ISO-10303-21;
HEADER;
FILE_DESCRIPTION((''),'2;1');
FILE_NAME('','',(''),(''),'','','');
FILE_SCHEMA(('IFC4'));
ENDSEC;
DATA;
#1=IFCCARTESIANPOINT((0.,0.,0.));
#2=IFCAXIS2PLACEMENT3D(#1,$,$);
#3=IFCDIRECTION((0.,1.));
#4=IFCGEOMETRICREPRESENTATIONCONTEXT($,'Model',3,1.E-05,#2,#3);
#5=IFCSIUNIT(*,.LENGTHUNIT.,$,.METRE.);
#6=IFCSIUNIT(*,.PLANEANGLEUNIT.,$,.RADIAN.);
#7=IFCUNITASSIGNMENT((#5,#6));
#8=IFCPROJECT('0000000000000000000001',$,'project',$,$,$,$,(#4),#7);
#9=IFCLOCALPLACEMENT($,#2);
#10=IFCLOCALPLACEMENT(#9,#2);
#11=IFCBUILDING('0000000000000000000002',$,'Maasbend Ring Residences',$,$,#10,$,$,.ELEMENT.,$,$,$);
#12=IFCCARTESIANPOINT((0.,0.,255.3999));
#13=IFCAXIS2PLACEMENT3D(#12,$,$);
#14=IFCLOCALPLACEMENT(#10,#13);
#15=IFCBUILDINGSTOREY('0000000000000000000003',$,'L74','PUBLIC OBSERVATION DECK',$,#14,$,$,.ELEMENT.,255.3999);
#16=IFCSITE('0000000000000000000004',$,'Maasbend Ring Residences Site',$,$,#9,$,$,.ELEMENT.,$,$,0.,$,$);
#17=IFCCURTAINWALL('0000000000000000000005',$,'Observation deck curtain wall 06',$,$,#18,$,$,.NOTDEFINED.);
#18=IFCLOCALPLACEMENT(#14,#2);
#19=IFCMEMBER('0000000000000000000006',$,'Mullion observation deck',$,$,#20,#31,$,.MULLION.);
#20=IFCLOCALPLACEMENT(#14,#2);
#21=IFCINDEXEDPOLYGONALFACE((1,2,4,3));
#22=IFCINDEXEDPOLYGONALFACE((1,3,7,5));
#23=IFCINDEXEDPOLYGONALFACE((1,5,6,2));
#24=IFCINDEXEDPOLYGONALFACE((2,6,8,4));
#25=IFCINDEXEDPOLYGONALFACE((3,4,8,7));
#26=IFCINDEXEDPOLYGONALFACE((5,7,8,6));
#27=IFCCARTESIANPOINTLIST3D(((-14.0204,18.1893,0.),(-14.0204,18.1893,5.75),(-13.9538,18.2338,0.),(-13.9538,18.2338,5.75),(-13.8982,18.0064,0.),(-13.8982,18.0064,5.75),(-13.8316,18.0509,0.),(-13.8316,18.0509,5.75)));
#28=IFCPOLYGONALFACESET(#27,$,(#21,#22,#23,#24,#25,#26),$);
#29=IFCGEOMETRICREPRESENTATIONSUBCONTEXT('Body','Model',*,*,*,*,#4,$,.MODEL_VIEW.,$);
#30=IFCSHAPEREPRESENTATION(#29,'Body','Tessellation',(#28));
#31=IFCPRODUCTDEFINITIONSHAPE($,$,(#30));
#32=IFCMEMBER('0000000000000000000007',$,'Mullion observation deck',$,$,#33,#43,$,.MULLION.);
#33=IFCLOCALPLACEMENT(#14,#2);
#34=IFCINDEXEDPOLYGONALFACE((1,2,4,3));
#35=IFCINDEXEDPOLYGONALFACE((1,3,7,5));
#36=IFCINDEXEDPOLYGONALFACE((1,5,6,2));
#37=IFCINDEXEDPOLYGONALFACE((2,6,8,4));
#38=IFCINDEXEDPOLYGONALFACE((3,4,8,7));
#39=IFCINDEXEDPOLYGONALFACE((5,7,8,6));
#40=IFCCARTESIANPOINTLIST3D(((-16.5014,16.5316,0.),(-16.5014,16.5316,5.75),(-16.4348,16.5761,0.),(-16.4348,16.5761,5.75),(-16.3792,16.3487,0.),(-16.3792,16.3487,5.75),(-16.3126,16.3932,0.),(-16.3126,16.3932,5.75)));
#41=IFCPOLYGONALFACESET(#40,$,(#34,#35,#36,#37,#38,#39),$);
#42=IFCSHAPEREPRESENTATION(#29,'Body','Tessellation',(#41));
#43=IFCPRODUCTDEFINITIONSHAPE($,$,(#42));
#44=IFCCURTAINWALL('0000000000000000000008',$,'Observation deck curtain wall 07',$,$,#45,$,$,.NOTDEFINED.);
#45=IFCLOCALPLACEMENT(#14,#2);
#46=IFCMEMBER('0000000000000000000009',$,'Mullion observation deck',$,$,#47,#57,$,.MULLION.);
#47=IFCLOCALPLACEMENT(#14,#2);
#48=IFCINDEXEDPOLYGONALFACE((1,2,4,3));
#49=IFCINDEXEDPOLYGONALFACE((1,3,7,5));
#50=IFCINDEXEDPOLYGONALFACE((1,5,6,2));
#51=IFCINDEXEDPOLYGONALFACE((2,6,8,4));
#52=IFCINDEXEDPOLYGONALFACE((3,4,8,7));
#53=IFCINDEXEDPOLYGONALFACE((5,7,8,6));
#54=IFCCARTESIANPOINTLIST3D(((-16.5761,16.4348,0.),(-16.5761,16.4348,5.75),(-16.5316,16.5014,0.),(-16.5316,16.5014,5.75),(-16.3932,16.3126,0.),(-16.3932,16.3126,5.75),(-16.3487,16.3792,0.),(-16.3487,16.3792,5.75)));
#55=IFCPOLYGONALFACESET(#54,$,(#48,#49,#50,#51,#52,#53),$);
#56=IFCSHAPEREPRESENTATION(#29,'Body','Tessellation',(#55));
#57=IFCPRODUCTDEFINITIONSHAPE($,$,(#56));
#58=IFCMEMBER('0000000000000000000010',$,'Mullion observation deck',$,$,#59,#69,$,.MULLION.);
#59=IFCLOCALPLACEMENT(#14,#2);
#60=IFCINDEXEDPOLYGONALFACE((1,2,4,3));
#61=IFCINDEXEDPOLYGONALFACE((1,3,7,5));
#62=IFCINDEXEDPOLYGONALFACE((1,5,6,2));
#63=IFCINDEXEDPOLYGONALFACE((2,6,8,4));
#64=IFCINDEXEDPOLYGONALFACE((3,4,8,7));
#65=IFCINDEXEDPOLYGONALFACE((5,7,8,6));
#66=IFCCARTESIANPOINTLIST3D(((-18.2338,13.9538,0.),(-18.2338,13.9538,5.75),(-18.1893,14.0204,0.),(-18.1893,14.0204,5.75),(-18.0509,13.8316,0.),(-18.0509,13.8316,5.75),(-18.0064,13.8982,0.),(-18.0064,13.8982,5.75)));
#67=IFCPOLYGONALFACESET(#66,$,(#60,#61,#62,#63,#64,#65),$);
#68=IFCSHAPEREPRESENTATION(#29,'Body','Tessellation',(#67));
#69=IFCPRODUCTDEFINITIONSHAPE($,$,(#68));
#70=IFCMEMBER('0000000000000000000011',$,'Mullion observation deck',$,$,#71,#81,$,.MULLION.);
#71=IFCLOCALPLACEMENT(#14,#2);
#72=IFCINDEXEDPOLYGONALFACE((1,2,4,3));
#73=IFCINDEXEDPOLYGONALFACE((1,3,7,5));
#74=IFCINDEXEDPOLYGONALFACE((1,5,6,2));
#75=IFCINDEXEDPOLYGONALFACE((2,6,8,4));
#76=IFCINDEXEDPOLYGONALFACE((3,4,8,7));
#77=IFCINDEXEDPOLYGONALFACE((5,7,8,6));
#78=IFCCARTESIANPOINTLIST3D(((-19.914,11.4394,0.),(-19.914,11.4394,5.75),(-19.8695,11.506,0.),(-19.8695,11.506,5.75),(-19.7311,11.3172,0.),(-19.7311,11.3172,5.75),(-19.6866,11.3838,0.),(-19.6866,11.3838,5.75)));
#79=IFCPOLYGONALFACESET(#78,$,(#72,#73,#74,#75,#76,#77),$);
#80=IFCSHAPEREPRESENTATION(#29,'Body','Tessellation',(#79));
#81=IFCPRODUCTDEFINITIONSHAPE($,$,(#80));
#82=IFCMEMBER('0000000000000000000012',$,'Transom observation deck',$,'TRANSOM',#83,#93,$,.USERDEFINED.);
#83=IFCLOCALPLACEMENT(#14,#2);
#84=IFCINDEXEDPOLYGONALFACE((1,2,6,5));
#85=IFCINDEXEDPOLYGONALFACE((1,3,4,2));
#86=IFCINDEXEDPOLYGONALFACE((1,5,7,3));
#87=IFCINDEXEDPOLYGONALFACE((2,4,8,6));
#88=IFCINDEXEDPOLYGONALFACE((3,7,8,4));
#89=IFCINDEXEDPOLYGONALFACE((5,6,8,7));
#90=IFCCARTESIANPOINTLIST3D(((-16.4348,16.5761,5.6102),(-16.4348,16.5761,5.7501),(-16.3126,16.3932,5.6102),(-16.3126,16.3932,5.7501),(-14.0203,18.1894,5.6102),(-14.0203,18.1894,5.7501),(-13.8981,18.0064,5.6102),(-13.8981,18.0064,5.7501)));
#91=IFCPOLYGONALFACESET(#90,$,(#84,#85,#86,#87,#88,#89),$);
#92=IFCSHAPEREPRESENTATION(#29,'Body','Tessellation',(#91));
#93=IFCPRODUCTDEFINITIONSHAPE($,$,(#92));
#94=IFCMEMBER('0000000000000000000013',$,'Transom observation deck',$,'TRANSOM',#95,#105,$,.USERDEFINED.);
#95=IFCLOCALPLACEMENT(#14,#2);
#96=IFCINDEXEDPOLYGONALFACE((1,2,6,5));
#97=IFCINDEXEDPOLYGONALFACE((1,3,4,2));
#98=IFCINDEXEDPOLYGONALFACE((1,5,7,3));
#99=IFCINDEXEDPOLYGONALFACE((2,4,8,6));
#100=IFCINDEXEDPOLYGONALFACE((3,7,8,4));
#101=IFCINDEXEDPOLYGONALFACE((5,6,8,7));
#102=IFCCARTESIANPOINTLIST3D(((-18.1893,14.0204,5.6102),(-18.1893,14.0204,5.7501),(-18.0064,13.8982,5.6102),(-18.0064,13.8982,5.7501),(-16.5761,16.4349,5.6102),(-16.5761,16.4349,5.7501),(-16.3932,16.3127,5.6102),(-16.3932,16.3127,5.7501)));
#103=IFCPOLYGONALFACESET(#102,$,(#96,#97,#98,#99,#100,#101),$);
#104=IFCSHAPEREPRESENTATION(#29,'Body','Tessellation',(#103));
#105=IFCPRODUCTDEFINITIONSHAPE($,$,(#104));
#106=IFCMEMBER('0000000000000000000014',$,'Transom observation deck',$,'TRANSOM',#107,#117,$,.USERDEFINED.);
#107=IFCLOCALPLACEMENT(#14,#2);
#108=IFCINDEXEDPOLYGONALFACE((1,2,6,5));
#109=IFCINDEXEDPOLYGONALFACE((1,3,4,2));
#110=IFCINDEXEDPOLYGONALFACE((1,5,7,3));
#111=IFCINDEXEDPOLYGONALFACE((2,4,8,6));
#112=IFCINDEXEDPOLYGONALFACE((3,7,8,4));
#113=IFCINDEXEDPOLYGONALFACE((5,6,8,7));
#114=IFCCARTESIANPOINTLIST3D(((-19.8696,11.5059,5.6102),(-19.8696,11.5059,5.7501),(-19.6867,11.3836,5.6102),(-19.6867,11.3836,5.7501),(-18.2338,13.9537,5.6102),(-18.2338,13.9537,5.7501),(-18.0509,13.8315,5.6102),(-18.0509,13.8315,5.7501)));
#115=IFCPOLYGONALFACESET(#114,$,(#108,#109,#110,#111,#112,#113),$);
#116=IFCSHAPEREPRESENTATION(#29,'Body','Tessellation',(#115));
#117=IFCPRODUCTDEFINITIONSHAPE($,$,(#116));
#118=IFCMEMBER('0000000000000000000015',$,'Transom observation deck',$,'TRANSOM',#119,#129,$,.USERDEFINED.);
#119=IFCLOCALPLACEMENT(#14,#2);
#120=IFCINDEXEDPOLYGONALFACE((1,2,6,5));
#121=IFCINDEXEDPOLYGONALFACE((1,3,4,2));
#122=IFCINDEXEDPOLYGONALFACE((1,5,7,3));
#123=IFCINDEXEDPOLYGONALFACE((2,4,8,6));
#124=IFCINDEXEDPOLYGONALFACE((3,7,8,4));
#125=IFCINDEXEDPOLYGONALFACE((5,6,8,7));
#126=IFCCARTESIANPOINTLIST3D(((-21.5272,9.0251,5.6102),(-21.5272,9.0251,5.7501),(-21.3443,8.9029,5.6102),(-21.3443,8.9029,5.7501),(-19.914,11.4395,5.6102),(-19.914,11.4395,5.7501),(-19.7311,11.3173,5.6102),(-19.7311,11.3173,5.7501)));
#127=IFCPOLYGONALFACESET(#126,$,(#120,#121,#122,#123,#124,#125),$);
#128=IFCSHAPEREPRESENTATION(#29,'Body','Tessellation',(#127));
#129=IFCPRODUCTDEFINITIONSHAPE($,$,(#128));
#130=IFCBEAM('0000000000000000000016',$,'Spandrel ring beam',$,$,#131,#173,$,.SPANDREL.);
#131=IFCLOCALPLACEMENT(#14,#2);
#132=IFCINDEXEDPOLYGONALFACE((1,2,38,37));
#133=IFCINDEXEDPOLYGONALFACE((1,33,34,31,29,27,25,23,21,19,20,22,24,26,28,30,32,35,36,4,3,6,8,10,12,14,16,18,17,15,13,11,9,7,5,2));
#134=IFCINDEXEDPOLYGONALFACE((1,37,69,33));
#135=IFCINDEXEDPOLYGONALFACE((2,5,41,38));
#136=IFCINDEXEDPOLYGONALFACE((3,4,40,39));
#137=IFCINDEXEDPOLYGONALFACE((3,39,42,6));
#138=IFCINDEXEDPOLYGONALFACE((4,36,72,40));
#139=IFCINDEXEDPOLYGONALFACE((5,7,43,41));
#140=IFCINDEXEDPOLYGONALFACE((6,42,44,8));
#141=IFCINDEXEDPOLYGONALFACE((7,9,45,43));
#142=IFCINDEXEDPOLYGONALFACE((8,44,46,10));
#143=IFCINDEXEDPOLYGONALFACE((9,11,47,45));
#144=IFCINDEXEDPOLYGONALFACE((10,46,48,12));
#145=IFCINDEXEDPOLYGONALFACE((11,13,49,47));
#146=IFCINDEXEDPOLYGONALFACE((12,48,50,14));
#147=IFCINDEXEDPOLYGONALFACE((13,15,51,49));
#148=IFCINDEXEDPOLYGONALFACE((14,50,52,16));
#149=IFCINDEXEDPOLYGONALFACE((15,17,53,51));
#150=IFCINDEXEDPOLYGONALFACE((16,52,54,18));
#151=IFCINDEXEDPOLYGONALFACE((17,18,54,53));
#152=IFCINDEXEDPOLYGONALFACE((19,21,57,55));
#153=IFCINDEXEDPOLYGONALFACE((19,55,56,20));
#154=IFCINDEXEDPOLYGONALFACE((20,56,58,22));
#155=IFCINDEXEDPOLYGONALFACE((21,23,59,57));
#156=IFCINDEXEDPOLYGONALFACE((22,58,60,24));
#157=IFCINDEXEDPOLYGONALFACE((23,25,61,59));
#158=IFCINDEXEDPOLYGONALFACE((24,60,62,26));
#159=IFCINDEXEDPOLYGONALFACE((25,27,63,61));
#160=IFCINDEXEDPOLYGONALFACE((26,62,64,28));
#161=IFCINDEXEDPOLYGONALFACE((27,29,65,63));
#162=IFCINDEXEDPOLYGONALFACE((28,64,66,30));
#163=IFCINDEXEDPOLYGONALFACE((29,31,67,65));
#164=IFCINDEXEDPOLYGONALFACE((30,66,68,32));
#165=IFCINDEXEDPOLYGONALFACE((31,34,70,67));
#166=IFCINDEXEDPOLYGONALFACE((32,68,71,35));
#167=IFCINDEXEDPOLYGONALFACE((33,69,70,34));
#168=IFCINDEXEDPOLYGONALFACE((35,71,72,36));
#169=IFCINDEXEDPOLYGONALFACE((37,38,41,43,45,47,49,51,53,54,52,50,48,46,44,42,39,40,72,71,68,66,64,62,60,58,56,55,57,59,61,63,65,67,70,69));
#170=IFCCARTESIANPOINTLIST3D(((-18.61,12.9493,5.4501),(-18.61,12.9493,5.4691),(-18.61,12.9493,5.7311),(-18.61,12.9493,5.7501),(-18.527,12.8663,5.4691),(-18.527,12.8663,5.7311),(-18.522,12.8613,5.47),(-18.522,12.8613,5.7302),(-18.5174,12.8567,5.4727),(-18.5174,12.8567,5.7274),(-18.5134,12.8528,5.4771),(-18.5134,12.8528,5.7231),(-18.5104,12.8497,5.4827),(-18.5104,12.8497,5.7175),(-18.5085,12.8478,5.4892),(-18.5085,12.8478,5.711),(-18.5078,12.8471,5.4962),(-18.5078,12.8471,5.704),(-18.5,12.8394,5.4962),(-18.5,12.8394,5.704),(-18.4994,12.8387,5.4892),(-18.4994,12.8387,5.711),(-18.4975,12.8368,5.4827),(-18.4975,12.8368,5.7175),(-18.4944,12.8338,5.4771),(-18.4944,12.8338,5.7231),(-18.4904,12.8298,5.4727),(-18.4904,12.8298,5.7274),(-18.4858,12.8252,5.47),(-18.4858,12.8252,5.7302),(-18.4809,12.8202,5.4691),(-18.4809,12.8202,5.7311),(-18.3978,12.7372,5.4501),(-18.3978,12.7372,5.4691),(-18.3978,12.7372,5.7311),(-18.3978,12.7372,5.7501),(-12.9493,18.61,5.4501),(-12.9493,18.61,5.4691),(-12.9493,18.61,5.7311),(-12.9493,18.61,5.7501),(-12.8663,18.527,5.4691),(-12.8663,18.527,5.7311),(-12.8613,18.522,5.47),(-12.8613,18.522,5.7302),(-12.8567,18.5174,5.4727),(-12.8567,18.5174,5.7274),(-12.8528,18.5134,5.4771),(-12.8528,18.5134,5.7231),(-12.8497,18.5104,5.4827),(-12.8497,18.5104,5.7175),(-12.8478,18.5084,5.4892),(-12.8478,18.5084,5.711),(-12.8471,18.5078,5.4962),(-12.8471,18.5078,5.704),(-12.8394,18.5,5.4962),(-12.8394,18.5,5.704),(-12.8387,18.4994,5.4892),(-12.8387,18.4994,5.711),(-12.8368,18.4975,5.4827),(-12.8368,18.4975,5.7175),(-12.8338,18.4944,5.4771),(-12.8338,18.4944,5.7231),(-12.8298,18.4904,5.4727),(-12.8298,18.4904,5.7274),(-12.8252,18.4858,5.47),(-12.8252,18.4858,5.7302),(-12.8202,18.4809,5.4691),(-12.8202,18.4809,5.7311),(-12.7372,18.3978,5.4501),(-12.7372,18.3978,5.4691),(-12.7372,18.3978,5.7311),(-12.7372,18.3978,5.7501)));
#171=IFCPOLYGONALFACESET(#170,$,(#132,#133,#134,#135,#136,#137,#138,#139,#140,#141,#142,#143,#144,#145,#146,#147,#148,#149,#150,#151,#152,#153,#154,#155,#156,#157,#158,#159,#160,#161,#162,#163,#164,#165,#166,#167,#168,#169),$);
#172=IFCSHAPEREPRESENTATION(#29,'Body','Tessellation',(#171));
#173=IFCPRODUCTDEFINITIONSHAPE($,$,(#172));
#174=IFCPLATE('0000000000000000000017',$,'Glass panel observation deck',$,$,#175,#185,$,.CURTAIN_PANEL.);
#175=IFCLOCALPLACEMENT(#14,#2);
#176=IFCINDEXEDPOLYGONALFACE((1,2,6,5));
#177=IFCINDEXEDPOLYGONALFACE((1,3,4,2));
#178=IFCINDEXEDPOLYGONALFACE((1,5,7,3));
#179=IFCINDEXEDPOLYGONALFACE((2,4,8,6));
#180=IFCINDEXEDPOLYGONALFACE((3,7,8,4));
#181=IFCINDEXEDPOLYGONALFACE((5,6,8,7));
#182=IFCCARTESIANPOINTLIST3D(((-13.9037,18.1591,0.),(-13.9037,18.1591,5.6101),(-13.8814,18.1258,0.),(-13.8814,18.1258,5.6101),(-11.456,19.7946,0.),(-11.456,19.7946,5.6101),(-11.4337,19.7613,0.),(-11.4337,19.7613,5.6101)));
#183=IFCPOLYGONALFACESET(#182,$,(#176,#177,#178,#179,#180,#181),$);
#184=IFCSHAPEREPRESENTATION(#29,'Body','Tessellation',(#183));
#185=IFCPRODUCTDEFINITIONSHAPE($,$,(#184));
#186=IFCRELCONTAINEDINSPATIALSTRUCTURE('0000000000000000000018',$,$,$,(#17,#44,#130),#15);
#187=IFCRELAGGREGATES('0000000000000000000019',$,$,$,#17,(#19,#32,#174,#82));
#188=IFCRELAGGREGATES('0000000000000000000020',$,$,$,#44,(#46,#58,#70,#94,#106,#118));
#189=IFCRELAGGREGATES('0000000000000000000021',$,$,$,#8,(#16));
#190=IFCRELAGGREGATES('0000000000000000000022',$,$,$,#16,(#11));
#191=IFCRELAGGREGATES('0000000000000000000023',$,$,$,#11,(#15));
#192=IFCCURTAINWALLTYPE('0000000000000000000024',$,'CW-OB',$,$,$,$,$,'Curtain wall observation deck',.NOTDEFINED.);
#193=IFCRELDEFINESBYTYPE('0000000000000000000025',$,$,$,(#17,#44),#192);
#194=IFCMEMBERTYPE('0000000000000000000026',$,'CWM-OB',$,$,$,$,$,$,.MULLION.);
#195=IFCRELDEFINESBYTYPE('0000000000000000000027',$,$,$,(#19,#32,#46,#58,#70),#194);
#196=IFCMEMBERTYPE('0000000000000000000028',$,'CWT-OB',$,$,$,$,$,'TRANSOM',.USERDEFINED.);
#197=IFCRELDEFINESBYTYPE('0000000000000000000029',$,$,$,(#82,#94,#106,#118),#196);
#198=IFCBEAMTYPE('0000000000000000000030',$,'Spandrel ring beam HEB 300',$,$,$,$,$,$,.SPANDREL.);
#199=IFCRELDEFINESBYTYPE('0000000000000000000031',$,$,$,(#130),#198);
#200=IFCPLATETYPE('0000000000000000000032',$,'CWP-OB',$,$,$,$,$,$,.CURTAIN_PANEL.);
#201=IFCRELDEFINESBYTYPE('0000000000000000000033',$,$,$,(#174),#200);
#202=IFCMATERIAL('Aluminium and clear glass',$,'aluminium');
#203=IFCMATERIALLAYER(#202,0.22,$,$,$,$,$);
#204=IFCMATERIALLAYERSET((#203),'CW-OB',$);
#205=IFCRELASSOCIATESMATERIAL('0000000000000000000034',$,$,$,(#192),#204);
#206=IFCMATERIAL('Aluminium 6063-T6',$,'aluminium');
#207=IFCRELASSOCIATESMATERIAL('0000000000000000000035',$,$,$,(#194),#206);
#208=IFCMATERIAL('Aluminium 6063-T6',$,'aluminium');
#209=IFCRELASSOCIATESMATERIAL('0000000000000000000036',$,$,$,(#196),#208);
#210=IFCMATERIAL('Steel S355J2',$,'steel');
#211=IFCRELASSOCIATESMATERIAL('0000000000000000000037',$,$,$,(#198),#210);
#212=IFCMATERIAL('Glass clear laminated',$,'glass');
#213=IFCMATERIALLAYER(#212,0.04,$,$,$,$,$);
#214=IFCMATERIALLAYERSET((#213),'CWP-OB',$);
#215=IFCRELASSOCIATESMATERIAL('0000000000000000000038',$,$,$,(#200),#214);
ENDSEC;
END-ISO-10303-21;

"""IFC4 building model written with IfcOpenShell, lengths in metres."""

from ifc_helpers import new_model, si_unit, direction, frame, origin, origin_2d, place, context, subcontext, project, spatial, rectangle, i_section, extrude, material, layer, layer_set, material_profile, profile_set, type_object, element, aggregate, save


model = new_model("IFC4")

# Units and contexts
model_context = context("Model", 3, precision=1e-05, world=origin(), true_north=direction((0.0, 1.0)))
body_context = subcontext(model_context, "Body", "Model", "MODEL_VIEW")
ifc_project = project(units=[si_unit("LENGTHUNIT", "METRE"), si_unit("PLANEANGLEUNIT", "RADIAN")], contexts=[model_context])

# Site, building, storey
site_placement = place(None, origin())
site = spatial("IfcSite", under=ifc_project, at=site_placement, Name="Maasbend Ring Residences Site", CompositionType="ELEMENT", RefElevation=0.0)
building_placement = place(site_placement, origin())
building = spatial("IfcBuilding", under=site, at=building_placement, Name="Maasbend Ring Residences", CompositionType="ELEMENT")
storey_placement = place(building_placement, frame((0.0, 0.0, 255.3999)))
storey = spatial("IfcBuildingStorey", under=building, at=storey_placement, Name="L74", Description="PUBLIC OBSERVATION DECK", CompositionType="ELEMENT", Elevation=255.3999)

# Curtain walls, members
ifc_material_1 = material(Name="Aluminium and clear glass", Category="aluminium")
ifc_layer_1 = layer(ifc_material_1, 0.22)
ifc_layer_set_1 = layer_set([ifc_layer_1], Name="CW-OB")
curtain_wall_type = type_object("IfcCurtainWallType", Name="CW-OB", ElementType="Curtain wall observation deck", PredefinedType="NOTDEFINED", material=ifc_layer_set_1)
curtain_wall_1_placement = place(storey_placement, origin())
curtain_wall_1 = element("IfcCurtainWall", 1, at=curtain_wall_1_placement, inside=storey, type_object=curtain_wall_type, Name="Observation deck curtain wall 06", PredefinedType="NOTDEFINED")
ifc_material_2 = material(Name="Aluminium 6063-T6", Category="aluminium")
ifc_material_profile_1 = material_profile(ifc_material_2, rectangle(XDim=0.22, YDim=0.0801, at=origin_2d()), Name="AL 220x80")
ifc_profile_set_1 = profile_set([ifc_material_profile_1], Name="Aluminium 6063-T6")
member_type_1 = type_object("IfcMemberType", Name="CWM-OB", PredefinedType="MULLION", material=ifc_profile_set_1)
member_1_placement = place(storey_placement, frame((-13.926, 18.1201, 0.0), z_axis=(0.0, 0.0, 1.0), x_axis=(0.55557, -0.83147, 0.0)))
member_1 = element("IfcMember", 2, at=member_1_placement, type_object=member_type_1, Name="Mullion observation deck", PredefinedType="MULLION", context=body_context, shape_type="SweptSolid", body=[
    extrude(rectangle(XDim=0.22, YDim=0.0801, at=origin_2d()), origin(), (0.0, 0.0, 1.0), 5.75),
])
member_2_placement = place(storey_placement, frame((-16.407, 16.4624, 0.0), z_axis=(0.0, 0.0, 1.0), x_axis=(0.55557, -0.83147, 0.0)))
member_2 = element("IfcMember", 3, at=member_2_placement, type_object=member_type_1, Name="Mullion observation deck", PredefinedType="MULLION", context=body_context, shape_type="SweptSolid", body=[
    extrude(rectangle(XDim=0.22, YDim=0.0801, at=origin_2d()), origin(), (0.0, 0.0, 1.0), 5.75),
])
curtain_wall_2_placement = place(storey_placement, origin())
curtain_wall_2 = element("IfcCurtainWall", 4, at=curtain_wall_2_placement, inside=storey, type_object=curtain_wall_type, Name="Observation deck curtain wall 07", PredefinedType="NOTDEFINED")
member_3_placement = place(storey_placement, frame((-16.4624, 16.407, 0.0), z_axis=(0.0, 0.0, 1.0), x_axis=(0.83147, -0.55557, 0.0)))
member_3 = element("IfcMember", 5, at=member_3_placement, type_object=member_type_1, Name="Mullion observation deck", PredefinedType="MULLION", context=body_context, shape_type="SweptSolid", body=[
    extrude(rectangle(XDim=0.22, YDim=0.0801, at=origin_2d()), origin(), (0.0, 0.0, 1.0), 5.75),
])
member_4_placement = place(storey_placement, frame((-18.1201, 13.926, 0.0), z_axis=(0.0, 0.0, 1.0), x_axis=(0.83147, -0.55557, 0.0)))
member_4 = element("IfcMember", 6, at=member_4_placement, type_object=member_type_1, Name="Mullion observation deck", PredefinedType="MULLION", context=body_context, shape_type="SweptSolid", body=[
    extrude(rectangle(XDim=0.22, YDim=0.0801, at=origin_2d()), origin(), (0.0, 0.0, 1.0), 5.75),
])
member_5_placement = place(storey_placement, frame((-19.8003, 11.4116, 0.0), z_axis=(0.0, 0.0, 1.0), x_axis=(0.83147, -0.55557, 0.0)))
member_5 = element("IfcMember", 7, at=member_5_placement, type_object=member_type_1, Name="Mullion observation deck", PredefinedType="MULLION", context=body_context, shape_type="SweptSolid", body=[
    extrude(rectangle(XDim=0.22, YDim=0.0801, at=origin_2d()), origin(), (0.0, 0.0, 1.0), 5.75),
])

# Members
ifc_material_3 = material(Name="Aluminium 6063-T6", Category="aluminium")
ifc_material_profile_2 = material_profile(ifc_material_3, rectangle(XDim=0.22, YDim=0.1399, at=origin_2d()), Name="AL 220x140")
ifc_profile_set_2 = profile_set([ifc_material_profile_2], Name="Aluminium 6063-T6")
member_type_2 = type_object("IfcMemberType", Name="CWT-OB", ElementType="TRANSOM", PredefinedType="USERDEFINED", material=ifc_profile_set_2)
member_6_placement = place(storey_placement, frame((-13.9592, 18.0979, 5.6802), z_axis=(-0.831481, -0.555554, 0.0), x_axis=(0.555554, -0.831481, 0.0)))
member_6 = element("IfcMember", 8, at=member_6_placement, type_object=member_type_2, Name="Transom observation deck", ObjectType="TRANSOM", PredefinedType="USERDEFINED", context=body_context, shape_type="SweptSolid", body=[
    extrude(rectangle(XDim=0.22, YDim=0.1399, at=origin_2d()), origin(), (0.0, 0.0, 1.0), 2.9038),
])
member_7_placement = place(storey_placement, frame((-16.4846, 16.3738, 5.6802), z_axis=(-0.555554, -0.831481, 0.0), x_axis=(0.831481, -0.555554, 0.0)))
member_7 = element("IfcMember", 9, at=member_7_placement, type_object=member_type_2, Name="Transom observation deck", ObjectType="TRANSOM", PredefinedType="USERDEFINED", context=body_context, shape_type="SweptSolid", body=[
    extrude(rectangle(XDim=0.22, YDim=0.1399, at=origin_2d()), origin(), (0.0, 0.0, 1.0), 2.9038),
])
member_8_placement = place(storey_placement, frame((-18.1423, 13.8926, 5.6802), z_axis=(-0.555618, -0.831437, 0.0), x_axis=(0.831437, -0.555618, 0.0)))
member_8 = element("IfcMember", 10, at=member_8_placement, type_object=member_type_2, Name="Transom observation deck", ObjectType="TRANSOM", PredefinedType="USERDEFINED", context=body_context, shape_type="SweptSolid", body=[
    extrude(rectangle(XDim=0.22, YDim=0.1399, at=origin_2d()), origin(), (0.0, 0.0, 1.0), 2.9441),
])
member_9_placement = place(storey_placement, frame((-19.8225, 11.3784, 5.6802), z_axis=(-0.555554, -0.831481, 0.0), x_axis=(0.831481, -0.555554, 0.0)))
member_9 = element("IfcMember", 11, at=member_9_placement, type_object=member_type_2, Name="Transom observation deck", ObjectType="TRANSOM", PredefinedType="USERDEFINED", context=body_context, shape_type="SweptSolid", body=[
    extrude(rectangle(XDim=0.22, YDim=0.1399, at=origin_2d()), origin(), (0.0, 0.0, 1.0), 2.9038),
])

# Beam
ifc_material_4 = material(Name="Steel S355J2", Category="steel")
ifc_material_profile_3 = material_profile(ifc_material_4, i_section(OverallWidth=0.3, OverallDepth=0.3, WebThickness=0.011, FlangeThickness=0.019, FilletRadius=0.0271, at=origin_2d()), Name="HEB 300")
ifc_profile_set_3 = profile_set([ifc_material_profile_3], Name="Steel S355J2")
beam_type = type_object("IfcBeamType", Name="Spandrel ring beam HEB 300", PredefinedType="SPANDREL", material=ifc_profile_set_3)
beam_placement = place(storey_placement, frame((-12.8433, 18.5039, 5.6001), z_axis=(-0.707107, -0.707107, 0.0), x_axis=(0.707107, -0.707107, 0.0)))
element("IfcBeam", 12, at=beam_placement, inside=storey, type_object=beam_type, Name="Spandrel ring beam", PredefinedType="SPANDREL", context=body_context, shape_type="SweptSolid", body=[
    extrude(i_section(OverallWidth=0.3, OverallDepth=0.3, WebThickness=0.011, FlangeThickness=0.019, FilletRadius=0.0271, at=origin_2d()), origin(), (0.0, 0.0, 1.0), 8.0054),
])

# Plate
ifc_material_5 = material(Name="Glass clear laminated", Category="glass")
ifc_layer_2 = layer(ifc_material_5, 0.04)
ifc_layer_set_2 = layer_set([ifc_layer_2], Name="CWP-OB")
plate_type = type_object("IfcPlateType", Name="CWP-OB", PredefinedType="CURTAIN_PANEL", material=ifc_layer_set_2)
plate_1_placement = place(storey_placement, frame((-12.6687, 18.9602, 0.0), z_axis=(0.0, 0.0, 1.0), x_axis=(-0.83147, -0.55557, 0.0)))
plate_1 = element("IfcPlate", 13, at=plate_1_placement, type_object=plate_type, Name="Glass panel observation deck", PredefinedType="CURTAIN_PANEL", context=body_context, shape_type="SweptSolid", body=[
    extrude(rectangle(XDim=2.9438, YDim=0.04, at=origin_2d()), origin(), (0.0, 0.0, 1.0), 5.6101),
])
aggregate(curtain_wall_1, [member_1, member_2, plate_1, member_6])
aggregate(curtain_wall_2, [member_3, member_4, member_5, member_7, member_8, member_9])

save(model, "model.ifc")
